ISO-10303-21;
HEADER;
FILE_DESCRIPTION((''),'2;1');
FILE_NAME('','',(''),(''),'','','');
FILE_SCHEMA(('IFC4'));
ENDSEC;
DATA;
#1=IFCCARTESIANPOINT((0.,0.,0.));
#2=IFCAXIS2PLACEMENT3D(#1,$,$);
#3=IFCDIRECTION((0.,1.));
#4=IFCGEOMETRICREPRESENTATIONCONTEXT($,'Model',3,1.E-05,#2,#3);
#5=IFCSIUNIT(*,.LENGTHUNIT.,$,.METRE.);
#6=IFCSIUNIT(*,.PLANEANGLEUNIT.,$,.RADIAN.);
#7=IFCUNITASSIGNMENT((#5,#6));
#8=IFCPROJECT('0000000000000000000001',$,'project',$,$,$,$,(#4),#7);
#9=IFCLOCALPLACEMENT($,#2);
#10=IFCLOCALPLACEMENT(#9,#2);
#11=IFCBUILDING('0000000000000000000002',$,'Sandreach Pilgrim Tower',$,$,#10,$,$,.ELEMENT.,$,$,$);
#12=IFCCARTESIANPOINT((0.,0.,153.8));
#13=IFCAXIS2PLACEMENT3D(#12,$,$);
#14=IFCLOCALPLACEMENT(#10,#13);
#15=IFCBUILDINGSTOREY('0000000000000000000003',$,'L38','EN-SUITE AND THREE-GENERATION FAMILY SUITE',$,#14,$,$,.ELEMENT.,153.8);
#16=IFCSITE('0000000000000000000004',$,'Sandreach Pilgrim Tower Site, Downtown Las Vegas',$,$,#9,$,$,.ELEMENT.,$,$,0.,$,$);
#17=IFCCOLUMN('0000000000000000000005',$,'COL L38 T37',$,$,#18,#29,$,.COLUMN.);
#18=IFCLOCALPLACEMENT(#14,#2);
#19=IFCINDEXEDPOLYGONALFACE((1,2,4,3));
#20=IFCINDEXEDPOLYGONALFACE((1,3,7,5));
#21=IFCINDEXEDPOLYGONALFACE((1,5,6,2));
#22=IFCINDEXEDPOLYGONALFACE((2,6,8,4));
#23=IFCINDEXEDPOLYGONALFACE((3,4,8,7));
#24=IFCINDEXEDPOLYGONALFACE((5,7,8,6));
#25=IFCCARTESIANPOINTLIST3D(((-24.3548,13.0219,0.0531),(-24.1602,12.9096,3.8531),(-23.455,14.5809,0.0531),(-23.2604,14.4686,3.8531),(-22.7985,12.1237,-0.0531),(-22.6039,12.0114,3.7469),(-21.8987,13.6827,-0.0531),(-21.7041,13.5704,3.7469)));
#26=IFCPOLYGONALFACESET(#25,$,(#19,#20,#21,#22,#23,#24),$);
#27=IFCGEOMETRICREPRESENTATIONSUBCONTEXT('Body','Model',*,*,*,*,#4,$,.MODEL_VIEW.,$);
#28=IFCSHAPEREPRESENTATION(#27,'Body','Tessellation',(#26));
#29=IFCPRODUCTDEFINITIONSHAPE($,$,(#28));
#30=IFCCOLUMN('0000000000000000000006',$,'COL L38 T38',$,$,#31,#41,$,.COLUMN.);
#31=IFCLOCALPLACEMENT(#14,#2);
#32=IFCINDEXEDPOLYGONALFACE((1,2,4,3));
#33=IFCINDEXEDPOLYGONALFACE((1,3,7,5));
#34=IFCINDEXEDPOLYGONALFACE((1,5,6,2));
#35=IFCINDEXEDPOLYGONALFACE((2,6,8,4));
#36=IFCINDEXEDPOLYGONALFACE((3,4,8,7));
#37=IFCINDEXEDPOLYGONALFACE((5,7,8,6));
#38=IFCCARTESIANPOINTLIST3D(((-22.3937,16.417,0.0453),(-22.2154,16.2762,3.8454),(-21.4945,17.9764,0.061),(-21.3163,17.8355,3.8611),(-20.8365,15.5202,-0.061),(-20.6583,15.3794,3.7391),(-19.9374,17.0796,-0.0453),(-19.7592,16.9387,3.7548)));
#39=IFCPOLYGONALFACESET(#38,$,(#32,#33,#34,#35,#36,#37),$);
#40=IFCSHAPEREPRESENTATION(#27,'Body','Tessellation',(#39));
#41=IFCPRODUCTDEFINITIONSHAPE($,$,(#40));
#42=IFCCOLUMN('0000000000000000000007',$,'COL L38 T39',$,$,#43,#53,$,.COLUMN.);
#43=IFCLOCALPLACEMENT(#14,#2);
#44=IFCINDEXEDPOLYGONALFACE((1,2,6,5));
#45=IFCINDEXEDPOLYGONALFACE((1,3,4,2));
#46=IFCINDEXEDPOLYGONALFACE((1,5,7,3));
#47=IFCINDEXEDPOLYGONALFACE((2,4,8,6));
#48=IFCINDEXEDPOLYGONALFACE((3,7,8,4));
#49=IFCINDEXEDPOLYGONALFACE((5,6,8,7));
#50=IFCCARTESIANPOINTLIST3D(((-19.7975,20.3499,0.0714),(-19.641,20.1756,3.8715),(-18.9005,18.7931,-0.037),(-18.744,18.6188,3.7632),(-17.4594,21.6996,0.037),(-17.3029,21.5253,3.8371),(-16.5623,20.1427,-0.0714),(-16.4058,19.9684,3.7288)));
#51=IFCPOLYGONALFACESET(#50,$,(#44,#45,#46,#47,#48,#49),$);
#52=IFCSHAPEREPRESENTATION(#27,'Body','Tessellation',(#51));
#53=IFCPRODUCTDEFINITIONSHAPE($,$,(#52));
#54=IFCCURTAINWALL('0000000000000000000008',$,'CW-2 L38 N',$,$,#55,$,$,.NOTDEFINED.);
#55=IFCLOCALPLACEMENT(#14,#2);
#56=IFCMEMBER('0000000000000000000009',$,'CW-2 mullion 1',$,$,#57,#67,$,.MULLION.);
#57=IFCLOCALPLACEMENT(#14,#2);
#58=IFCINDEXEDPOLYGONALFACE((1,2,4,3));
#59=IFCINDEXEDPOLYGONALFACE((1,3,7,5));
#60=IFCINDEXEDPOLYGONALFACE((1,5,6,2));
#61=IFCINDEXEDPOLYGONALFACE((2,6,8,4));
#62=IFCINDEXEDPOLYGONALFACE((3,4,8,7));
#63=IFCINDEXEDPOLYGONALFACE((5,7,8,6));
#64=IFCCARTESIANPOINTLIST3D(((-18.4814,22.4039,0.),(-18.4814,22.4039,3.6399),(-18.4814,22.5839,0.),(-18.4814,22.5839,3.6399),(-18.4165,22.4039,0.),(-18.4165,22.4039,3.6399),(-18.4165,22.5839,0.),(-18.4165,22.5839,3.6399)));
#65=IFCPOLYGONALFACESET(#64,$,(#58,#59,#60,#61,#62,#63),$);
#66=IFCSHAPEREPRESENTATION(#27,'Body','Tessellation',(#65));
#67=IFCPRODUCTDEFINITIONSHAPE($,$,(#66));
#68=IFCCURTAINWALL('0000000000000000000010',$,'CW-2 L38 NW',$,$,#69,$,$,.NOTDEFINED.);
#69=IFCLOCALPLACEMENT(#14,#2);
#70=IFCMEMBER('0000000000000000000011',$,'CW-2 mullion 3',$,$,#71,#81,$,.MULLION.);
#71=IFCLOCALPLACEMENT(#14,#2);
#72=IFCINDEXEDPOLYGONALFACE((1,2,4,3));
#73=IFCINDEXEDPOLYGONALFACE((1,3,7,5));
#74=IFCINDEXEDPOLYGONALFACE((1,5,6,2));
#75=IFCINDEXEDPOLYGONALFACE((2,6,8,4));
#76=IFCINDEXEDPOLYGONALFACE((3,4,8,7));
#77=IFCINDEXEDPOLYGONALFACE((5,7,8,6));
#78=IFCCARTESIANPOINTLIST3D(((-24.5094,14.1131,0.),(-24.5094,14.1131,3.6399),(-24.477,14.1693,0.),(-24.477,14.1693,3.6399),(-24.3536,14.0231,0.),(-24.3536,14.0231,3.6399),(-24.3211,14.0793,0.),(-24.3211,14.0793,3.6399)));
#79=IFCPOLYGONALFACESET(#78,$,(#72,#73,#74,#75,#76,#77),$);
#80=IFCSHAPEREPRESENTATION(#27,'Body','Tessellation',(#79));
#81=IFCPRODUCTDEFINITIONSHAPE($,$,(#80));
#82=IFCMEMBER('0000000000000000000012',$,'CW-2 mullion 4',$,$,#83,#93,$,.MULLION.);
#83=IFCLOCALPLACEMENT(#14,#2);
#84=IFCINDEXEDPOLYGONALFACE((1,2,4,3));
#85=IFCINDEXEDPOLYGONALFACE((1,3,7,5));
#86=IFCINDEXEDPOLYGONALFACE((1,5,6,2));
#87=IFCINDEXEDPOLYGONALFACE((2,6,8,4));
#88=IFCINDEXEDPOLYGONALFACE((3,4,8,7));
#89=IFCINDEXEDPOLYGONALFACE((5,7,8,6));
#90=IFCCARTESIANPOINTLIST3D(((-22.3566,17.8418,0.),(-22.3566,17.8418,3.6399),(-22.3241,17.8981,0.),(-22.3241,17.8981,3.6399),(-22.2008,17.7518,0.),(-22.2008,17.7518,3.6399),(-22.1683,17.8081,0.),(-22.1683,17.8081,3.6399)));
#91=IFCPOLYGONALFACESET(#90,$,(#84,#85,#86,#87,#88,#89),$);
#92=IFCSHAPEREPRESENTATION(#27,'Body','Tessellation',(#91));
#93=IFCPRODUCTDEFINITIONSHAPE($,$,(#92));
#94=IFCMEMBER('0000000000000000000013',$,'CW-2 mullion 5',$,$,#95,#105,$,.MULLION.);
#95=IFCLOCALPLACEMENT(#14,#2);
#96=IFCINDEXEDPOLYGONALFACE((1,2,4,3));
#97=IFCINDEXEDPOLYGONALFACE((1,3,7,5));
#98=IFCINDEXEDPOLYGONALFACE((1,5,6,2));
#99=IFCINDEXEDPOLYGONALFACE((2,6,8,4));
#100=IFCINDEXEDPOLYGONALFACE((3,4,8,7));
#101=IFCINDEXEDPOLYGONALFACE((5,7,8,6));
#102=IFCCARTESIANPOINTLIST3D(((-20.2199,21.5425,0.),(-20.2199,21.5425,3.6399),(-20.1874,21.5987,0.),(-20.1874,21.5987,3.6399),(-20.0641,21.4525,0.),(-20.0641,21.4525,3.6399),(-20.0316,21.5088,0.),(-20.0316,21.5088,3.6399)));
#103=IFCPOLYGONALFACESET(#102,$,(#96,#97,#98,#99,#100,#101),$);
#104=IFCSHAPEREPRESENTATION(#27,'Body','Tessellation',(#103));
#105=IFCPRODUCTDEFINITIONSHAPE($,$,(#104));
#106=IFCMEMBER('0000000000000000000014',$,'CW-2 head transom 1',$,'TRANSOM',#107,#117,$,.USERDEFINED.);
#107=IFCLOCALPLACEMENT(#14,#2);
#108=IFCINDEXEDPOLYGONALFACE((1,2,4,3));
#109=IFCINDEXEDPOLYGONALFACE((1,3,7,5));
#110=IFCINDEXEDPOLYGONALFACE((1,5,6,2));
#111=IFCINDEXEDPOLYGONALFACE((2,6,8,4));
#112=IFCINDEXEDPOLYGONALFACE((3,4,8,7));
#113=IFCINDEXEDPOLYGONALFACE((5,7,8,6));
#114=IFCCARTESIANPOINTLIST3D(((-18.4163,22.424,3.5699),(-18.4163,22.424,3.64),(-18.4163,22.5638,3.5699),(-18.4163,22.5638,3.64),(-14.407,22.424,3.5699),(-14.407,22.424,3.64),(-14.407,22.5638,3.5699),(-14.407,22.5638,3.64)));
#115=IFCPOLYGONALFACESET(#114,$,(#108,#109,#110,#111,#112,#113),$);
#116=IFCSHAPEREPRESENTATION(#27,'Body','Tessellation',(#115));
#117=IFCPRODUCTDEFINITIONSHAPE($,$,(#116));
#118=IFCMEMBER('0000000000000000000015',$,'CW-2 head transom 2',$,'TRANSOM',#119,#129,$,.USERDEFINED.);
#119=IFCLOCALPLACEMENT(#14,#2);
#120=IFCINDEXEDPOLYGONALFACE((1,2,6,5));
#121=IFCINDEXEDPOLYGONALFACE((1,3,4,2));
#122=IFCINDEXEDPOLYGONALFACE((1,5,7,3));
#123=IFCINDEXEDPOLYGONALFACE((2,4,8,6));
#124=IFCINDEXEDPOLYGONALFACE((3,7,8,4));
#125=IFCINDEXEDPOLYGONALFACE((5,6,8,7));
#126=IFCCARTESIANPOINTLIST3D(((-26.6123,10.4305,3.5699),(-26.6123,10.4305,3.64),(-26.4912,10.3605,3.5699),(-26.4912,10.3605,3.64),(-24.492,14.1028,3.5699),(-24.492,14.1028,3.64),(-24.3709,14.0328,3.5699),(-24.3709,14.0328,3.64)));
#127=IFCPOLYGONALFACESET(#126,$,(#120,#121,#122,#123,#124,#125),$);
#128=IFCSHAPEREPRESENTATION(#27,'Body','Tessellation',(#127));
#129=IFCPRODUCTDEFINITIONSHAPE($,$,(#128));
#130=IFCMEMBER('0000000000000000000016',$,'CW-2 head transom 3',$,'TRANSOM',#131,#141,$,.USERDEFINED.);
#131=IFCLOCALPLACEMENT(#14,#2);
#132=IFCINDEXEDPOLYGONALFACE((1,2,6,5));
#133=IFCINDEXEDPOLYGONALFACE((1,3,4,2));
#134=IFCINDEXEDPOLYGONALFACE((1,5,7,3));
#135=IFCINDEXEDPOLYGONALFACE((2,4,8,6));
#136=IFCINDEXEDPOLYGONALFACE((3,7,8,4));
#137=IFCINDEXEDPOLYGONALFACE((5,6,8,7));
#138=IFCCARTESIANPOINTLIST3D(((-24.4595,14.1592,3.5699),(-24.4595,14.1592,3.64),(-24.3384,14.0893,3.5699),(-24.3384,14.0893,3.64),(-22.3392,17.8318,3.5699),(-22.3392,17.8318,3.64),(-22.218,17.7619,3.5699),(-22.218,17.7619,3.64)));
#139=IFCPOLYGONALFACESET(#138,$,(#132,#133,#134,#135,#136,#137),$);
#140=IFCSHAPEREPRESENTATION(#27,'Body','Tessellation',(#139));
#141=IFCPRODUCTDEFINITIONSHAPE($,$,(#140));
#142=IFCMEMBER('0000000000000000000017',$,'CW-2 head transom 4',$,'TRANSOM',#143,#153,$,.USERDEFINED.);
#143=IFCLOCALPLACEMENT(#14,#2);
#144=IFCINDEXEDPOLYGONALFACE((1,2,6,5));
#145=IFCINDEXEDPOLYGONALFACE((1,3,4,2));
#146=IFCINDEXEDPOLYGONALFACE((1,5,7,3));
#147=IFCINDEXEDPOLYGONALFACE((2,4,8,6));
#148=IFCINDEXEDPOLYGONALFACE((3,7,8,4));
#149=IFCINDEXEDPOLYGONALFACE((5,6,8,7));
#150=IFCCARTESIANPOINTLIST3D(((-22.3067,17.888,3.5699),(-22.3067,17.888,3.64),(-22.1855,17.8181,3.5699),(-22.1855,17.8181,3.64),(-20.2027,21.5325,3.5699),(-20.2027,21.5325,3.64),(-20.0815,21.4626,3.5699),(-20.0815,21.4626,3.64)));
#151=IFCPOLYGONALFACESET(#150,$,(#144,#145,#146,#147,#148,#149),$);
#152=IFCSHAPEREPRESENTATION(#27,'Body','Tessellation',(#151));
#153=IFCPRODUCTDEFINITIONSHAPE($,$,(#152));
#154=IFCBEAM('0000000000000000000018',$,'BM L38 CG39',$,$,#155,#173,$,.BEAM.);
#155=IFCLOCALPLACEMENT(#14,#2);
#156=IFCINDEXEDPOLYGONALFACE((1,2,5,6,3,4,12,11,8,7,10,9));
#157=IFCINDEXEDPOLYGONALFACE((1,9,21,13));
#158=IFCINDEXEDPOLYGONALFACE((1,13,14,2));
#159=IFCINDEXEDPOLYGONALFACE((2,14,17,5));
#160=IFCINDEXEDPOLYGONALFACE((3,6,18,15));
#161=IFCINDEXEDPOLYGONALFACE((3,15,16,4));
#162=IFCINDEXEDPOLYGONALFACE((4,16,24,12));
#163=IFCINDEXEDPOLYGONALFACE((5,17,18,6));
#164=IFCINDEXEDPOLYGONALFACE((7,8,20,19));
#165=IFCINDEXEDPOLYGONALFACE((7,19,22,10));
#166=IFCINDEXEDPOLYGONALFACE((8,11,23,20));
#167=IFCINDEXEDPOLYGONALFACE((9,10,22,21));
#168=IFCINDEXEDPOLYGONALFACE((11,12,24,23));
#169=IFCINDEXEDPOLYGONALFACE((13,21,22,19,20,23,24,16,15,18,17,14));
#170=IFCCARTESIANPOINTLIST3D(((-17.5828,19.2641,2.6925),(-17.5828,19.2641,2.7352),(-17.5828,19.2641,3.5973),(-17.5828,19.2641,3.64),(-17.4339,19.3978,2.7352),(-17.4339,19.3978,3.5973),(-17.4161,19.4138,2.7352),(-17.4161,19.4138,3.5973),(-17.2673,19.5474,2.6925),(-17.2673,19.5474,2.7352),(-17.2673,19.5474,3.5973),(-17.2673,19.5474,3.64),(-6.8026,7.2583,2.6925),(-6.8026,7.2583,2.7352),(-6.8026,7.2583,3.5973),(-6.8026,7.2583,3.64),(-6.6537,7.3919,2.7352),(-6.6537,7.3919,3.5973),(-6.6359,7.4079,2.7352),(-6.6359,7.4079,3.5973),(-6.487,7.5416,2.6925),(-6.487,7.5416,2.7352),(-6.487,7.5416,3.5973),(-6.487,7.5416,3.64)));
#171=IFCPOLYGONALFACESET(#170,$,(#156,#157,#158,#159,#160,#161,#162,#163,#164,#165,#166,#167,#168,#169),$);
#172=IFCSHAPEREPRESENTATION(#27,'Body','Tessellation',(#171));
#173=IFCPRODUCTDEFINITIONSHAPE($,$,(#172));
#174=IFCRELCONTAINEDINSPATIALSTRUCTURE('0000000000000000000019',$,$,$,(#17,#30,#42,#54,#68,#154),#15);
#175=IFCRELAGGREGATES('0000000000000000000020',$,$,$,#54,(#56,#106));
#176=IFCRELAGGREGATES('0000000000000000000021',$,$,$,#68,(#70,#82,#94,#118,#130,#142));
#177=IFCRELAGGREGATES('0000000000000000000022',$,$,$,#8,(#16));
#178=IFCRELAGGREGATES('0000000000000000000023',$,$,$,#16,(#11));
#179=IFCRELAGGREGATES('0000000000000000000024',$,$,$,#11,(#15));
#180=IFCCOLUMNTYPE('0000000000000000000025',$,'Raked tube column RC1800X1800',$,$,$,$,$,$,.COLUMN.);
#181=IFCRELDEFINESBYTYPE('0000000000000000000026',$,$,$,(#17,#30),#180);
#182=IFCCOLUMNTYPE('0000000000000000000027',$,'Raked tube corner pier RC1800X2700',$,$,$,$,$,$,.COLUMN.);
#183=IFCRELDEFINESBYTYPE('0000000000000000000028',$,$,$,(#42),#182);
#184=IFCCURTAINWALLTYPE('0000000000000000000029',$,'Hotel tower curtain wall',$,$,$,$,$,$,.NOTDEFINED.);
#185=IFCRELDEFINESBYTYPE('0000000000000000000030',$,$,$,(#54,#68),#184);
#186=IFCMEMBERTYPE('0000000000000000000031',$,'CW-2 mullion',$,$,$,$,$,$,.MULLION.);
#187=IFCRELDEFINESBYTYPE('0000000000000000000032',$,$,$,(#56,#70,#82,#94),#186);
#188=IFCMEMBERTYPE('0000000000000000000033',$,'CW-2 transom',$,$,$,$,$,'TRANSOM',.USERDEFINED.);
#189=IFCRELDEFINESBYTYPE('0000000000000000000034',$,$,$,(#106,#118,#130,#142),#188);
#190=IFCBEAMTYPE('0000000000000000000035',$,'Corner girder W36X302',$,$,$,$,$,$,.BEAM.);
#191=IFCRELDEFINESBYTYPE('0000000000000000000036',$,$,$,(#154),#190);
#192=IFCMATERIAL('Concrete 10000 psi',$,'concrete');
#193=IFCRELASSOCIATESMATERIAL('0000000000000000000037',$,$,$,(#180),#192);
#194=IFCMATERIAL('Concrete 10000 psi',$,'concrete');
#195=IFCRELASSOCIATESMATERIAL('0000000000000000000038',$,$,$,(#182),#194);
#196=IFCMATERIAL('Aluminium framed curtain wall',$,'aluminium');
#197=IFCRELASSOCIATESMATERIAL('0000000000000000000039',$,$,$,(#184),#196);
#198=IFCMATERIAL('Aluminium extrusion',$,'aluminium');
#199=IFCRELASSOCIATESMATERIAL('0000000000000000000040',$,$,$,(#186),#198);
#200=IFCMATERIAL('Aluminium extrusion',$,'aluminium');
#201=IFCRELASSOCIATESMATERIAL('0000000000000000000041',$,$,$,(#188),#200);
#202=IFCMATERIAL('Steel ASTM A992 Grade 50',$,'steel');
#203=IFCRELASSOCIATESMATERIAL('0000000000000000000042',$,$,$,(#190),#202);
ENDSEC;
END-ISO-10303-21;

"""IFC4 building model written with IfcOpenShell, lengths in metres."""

from ifc_helpers import new_model, si_unit, direction, frame, origin, origin_2d, place, context, subcontext, project, spatial, rectangle, i_section, extrude, material, material_profile, profile_set, type_object, element, aggregate, save


model = new_model("IFC4")

# Units and contexts
model_context = context("Model", 3, precision=1e-05, world=origin(), true_north=direction((0.0, 1.0)))
body_context = subcontext(model_context, "Body", "Model", "MODEL_VIEW")
ifc_project = project(units=[si_unit("LENGTHUNIT", "METRE"), si_unit("PLANEANGLEUNIT", "RADIAN")], contexts=[model_context])

# Site, building, storey
site_placement = place(None, origin())
site = spatial("IfcSite", under=ifc_project, at=site_placement, Name="Sandreach Pilgrim Tower Site, Downtown Las Vegas", CompositionType="ELEMENT", RefElevation=0.0)
building_placement = place(site_placement, origin())
building = spatial("IfcBuilding", under=site, at=building_placement, Name="Sandreach Pilgrim Tower", CompositionType="ELEMENT")
storey_placement = place(building_placement, frame((0.0, 0.0, 153.8)))
storey = spatial("IfcBuildingStorey", under=building, at=storey_placement, Name="L38", Description="EN-SUITE AND THREE-GENERATION FAMILY SUITE", CompositionType="ELEMENT", Elevation=153.8)

# Columns
ifc_material_1 = material(Name="Concrete 10000 psi", Category="concrete")
ifc_material_profile_1 = material_profile(ifc_material_1, rectangle(XDim=1.8, YDim=1.8, at=origin_2d()), Name="RC1800X1800")
ifc_profile_set_1 = profile_set([ifc_material_profile_1], Name="Concrete 10000 psi")
column_type_1 = type_object("IfcColumnType", Name="Raked tube column RC1800X1800", PredefinedType="COLUMN", material=ifc_profile_set_1)
column_1_placement = place(storey_placement, frame((-23.1267, 13.3523, 0.0), z_axis=(0.051115, -0.029502, 0.998257), x_axis=(-0.864585, 0.499008, 0.059018)))
element("IfcColumn", 1, at=column_1_placement, inside=storey, type_object=column_type_1, Name="COL L38 T37", PredefinedType="COLUMN", context=body_context, shape_type="SweptSolid", body=[
    extrude(rectangle(XDim=1.8, YDim=1.8, at=origin_2d()), origin(), (0.0, 0.0, 1.0), 3.8066),
])
column_2_placement = place(storey_placement, frame((-21.1655, 16.7483, 0.0), z_axis=(0.046817, -0.037004, 0.998218), x_axis=(-0.865044, 0.498209, 0.059039)))
element("IfcColumn", 2, at=column_2_placement, inside=storey, type_object=column_type_1, Name="COL L38 T38", PredefinedType="COLUMN", context=body_context, shape_type="SweptSolid", body=[
    extrude(rectangle(XDim=1.8, YDim=1.8, at=origin_2d()), origin(), (0.0, 0.0, 1.0), 3.8069),
])
ifc_material_2 = material(Name="Concrete 10000 psi", Category="concrete")
ifc_material_profile_2 = material_profile(ifc_material_2, rectangle(XDim=1.8, YDim=2.7, at=origin_2d()), Name="RC1800X2700")
ifc_profile_set_2 = profile_set([ifc_material_profile_2], Name="Concrete 10000 psi")
column_type_2 = type_object("IfcColumnType", Name="Raked tube corner pier RC1800X2700", PredefinedType="COLUMN", material=ifc_profile_set_2)
column_3_placement = place(storey_placement, frame((-18.1799, 20.2463, 0.0), z_axis=(0.041104, -0.045785, 0.998105), x_axis=(-0.498343, 0.864888, 0.060197)))
element("IfcColumn", 3, at=column_3_placement, inside=storey, type_object=column_type_2, Name="COL L38 T39", PredefinedType="COLUMN", context=body_context, shape_type="SweptSolid", body=[
    extrude(rectangle(XDim=1.8, YDim=2.7, at=origin_2d()), origin(), (0.0, 0.0, 1.0), 3.8074),
])

# Curtain wall, member
ifc_material_3 = material(Name="Aluminium framed curtain wall", Category="aluminium")
curtain_wall_type = type_object("IfcCurtainWallType", Name="Hotel tower curtain wall", PredefinedType="NOTDEFINED", material=ifc_material_3)
curtain_wall_1_placement = place(storey_placement, origin())
curtain_wall_1 = element("IfcCurtainWall", 4, at=curtain_wall_1_placement, inside=storey, type_object=curtain_wall_type, Name="CW-2 L38 N", PredefinedType="NOTDEFINED")
ifc_material_4 = material(Name="Aluminium extrusion", Category="aluminium")
ifc_material_profile_3 = material_profile(ifc_material_4, rectangle(XDim=0.0649, YDim=0.1799, at=origin_2d()), Name="CW-2M 65X180")
ifc_profile_set_3 = profile_set([ifc_material_profile_3], Name="Aluminium extrusion")
member_type_1 = type_object("IfcMemberType", Name="CW-2 mullion", PredefinedType="MULLION", material=ifc_profile_set_3)
member_1_placement = place(storey_placement, frame((-18.449, 22.4939, 0.0), z_axis=(0.0, 0.0, 1.0), x_axis=(1.0, 0.0, 0.0)))
member_1 = element("IfcMember", 5, at=member_1_placement, type_object=member_type_1, Name="CW-2 mullion 1", PredefinedType="MULLION", context=body_context, shape_type="SweptSolid", body=[
    extrude(rectangle(XDim=0.0649, YDim=0.1799, at=origin_2d()), origin(), (0.0, 0.0, 1.0), 3.6399),
])

# Curtain wall, members
curtain_wall_2_placement = place(storey_placement, origin())
curtain_wall_2 = element("IfcCurtainWall", 6, at=curtain_wall_2_placement, inside=storey, type_object=curtain_wall_type, Name="CW-2 L38 NW", PredefinedType="NOTDEFINED")
member_2_placement = place(storey_placement, frame((-24.4153, 14.0962, 0.0), z_axis=(0.0, 0.0, 1.0), x_axis=(0.5, 0.866025, 0.0)))
member_2 = element("IfcMember", 7, at=member_2_placement, type_object=member_type_1, Name="CW-2 mullion 3", PredefinedType="MULLION", context=body_context, shape_type="SweptSolid", body=[
    extrude(rectangle(XDim=0.0649, YDim=0.1799, at=origin_2d()), origin(), (0.0, 0.0, 1.0), 3.6399),
])
member_3_placement = place(storey_placement, frame((-22.2625, 17.825, 0.0), z_axis=(0.0, 0.0, 1.0), x_axis=(0.5, 0.866025, 0.0)))
member_3 = element("IfcMember", 8, at=member_3_placement, type_object=member_type_1, Name="CW-2 mullion 4", PredefinedType="MULLION", context=body_context, shape_type="SweptSolid", body=[
    extrude(rectangle(XDim=0.0649, YDim=0.1799, at=origin_2d()), origin(), (0.0, 0.0, 1.0), 3.6399),
])
member_4_placement = place(storey_placement, frame((-20.1257, 21.5256, 0.0), z_axis=(0.0, 0.0, 1.0), x_axis=(0.5, 0.866025, 0.0)))
member_4 = element("IfcMember", 9, at=member_4_placement, type_object=member_type_1, Name="CW-2 mullion 5", PredefinedType="MULLION", context=body_context, shape_type="SweptSolid", body=[
    extrude(rectangle(XDim=0.0649, YDim=0.1799, at=origin_2d()), origin(), (0.0, 0.0, 1.0), 3.6399),
])

# Members
ifc_material_5 = material(Name="Aluminium extrusion", Category="aluminium")
ifc_material_profile_4 = material_profile(ifc_material_5, rectangle(XDim=0.1399, YDim=0.0701, at=origin_2d()), Name="CW-2T 140X70")
ifc_profile_set_4 = profile_set([ifc_material_profile_4], Name="Aluminium extrusion")
member_type_2 = type_object("IfcMemberType", Name="CW-2 transom", ElementType="TRANSOM", PredefinedType="USERDEFINED", material=ifc_profile_set_4)
member_5_placement = place(storey_placement, frame((-18.4163, 22.4939, 3.605), z_axis=(1.0, 0.0, 0.0), x_axis=(0.0, 1.0, 0.0)))
member_5 = element("IfcMember", 10, at=member_5_placement, type_object=member_type_2, Name="CW-2 head transom 1", ObjectType="TRANSOM", PredefinedType="USERDEFINED", context=body_context, shape_type="SweptSolid", body=[
    extrude(rectangle(XDim=0.1399, YDim=0.0701, at=origin_2d()), origin(), (0.0, 0.0, 1.0), 4.0093),
])
member_6_placement = place(storey_placement, frame((-26.5518, 10.3955, 3.605), z_axis=(0.500021, 0.866013, 0.0), x_axis=(-0.866013, 0.500021, 0.0)))
member_6 = element("IfcMember", 11, at=member_6_placement, type_object=member_type_2, Name="CW-2 head transom 2", ObjectType="TRANSOM", PredefinedType="USERDEFINED", context=body_context, shape_type="SweptSolid", body=[
    extrude(rectangle(XDim=0.1399, YDim=0.0701, at=origin_2d()), origin(), (0.0, 0.0, 1.0), 4.2405),
])
member_7_placement = place(storey_placement, frame((-24.3989, 14.1243, 3.605), z_axis=(0.499997, 0.866027, 0.0), x_axis=(-0.866027, 0.499997, 0.0)))
member_7 = element("IfcMember", 12, at=member_7_placement, type_object=member_type_2, Name="CW-2 head transom 3", ObjectType="TRANSOM", PredefinedType="USERDEFINED", context=body_context, shape_type="SweptSolid", body=[
    extrude(rectangle(XDim=0.1399, YDim=0.0701, at=origin_2d()), origin(), (0.0, 0.0, 1.0), 4.2407),
])
member_8_placement = place(storey_placement, frame((-22.2461, 17.853, 3.605), z_axis=(0.49997, 0.866043, 0.0), x_axis=(-0.866043, 0.49997, 0.0)))
member_8 = element("IfcMember", 13, at=member_8_placement, type_object=member_type_2, Name="CW-2 head transom 4", ObjectType="TRANSOM", PredefinedType="USERDEFINED", context=body_context, shape_type="SweptSolid", body=[
    extrude(rectangle(XDim=0.1399, YDim=0.0701, at=origin_2d()), origin(), (0.0, 0.0, 1.0), 4.2083),
])

# Beam
ifc_material_6 = material(Name="Steel ASTM A992 Grade 50", Category="steel")
ifc_material_profile_5 = material_profile(ifc_material_6, i_section(OverallWidth=0.4241, OverallDepth=0.9475, WebThickness=0.0239, FlangeThickness=0.0427, at=origin_2d()), Name="W36X302")
ifc_profile_set_5 = profile_set([ifc_material_profile_5], Name="Steel ASTM A992 Grade 50")
beam_type_1 = type_object("IfcBeamType", Name="Corner girder W36X302", PredefinedType="BEAM", material=ifc_profile_set_5)
beam_1_placement = place(storey_placement, frame((-17.425, 19.4058, 3.1663), z_axis=(0.668108, -0.744064, 0.0), x_axis=(0.744064, 0.668108, 0.0)))
element("IfcBeam", 14, at=beam_1_placement, inside=storey, type_object=beam_type_1, Name="BM L38 CG39", PredefinedType="BEAM", context=body_context, shape_type="SweptSolid", body=[
    extrude(i_section(OverallWidth=0.4241, OverallDepth=0.9475, WebThickness=0.0239, FlangeThickness=0.0427, at=origin_2d()), origin(), (0.0, 0.0, 1.0), 16.1355),
])

aggregate(curtain_wall_1, [member_1, member_5])
aggregate(curtain_wall_2, [member_2, member_3, member_4, member_6, member_7, member_8])

save(model, "model.ifc")
